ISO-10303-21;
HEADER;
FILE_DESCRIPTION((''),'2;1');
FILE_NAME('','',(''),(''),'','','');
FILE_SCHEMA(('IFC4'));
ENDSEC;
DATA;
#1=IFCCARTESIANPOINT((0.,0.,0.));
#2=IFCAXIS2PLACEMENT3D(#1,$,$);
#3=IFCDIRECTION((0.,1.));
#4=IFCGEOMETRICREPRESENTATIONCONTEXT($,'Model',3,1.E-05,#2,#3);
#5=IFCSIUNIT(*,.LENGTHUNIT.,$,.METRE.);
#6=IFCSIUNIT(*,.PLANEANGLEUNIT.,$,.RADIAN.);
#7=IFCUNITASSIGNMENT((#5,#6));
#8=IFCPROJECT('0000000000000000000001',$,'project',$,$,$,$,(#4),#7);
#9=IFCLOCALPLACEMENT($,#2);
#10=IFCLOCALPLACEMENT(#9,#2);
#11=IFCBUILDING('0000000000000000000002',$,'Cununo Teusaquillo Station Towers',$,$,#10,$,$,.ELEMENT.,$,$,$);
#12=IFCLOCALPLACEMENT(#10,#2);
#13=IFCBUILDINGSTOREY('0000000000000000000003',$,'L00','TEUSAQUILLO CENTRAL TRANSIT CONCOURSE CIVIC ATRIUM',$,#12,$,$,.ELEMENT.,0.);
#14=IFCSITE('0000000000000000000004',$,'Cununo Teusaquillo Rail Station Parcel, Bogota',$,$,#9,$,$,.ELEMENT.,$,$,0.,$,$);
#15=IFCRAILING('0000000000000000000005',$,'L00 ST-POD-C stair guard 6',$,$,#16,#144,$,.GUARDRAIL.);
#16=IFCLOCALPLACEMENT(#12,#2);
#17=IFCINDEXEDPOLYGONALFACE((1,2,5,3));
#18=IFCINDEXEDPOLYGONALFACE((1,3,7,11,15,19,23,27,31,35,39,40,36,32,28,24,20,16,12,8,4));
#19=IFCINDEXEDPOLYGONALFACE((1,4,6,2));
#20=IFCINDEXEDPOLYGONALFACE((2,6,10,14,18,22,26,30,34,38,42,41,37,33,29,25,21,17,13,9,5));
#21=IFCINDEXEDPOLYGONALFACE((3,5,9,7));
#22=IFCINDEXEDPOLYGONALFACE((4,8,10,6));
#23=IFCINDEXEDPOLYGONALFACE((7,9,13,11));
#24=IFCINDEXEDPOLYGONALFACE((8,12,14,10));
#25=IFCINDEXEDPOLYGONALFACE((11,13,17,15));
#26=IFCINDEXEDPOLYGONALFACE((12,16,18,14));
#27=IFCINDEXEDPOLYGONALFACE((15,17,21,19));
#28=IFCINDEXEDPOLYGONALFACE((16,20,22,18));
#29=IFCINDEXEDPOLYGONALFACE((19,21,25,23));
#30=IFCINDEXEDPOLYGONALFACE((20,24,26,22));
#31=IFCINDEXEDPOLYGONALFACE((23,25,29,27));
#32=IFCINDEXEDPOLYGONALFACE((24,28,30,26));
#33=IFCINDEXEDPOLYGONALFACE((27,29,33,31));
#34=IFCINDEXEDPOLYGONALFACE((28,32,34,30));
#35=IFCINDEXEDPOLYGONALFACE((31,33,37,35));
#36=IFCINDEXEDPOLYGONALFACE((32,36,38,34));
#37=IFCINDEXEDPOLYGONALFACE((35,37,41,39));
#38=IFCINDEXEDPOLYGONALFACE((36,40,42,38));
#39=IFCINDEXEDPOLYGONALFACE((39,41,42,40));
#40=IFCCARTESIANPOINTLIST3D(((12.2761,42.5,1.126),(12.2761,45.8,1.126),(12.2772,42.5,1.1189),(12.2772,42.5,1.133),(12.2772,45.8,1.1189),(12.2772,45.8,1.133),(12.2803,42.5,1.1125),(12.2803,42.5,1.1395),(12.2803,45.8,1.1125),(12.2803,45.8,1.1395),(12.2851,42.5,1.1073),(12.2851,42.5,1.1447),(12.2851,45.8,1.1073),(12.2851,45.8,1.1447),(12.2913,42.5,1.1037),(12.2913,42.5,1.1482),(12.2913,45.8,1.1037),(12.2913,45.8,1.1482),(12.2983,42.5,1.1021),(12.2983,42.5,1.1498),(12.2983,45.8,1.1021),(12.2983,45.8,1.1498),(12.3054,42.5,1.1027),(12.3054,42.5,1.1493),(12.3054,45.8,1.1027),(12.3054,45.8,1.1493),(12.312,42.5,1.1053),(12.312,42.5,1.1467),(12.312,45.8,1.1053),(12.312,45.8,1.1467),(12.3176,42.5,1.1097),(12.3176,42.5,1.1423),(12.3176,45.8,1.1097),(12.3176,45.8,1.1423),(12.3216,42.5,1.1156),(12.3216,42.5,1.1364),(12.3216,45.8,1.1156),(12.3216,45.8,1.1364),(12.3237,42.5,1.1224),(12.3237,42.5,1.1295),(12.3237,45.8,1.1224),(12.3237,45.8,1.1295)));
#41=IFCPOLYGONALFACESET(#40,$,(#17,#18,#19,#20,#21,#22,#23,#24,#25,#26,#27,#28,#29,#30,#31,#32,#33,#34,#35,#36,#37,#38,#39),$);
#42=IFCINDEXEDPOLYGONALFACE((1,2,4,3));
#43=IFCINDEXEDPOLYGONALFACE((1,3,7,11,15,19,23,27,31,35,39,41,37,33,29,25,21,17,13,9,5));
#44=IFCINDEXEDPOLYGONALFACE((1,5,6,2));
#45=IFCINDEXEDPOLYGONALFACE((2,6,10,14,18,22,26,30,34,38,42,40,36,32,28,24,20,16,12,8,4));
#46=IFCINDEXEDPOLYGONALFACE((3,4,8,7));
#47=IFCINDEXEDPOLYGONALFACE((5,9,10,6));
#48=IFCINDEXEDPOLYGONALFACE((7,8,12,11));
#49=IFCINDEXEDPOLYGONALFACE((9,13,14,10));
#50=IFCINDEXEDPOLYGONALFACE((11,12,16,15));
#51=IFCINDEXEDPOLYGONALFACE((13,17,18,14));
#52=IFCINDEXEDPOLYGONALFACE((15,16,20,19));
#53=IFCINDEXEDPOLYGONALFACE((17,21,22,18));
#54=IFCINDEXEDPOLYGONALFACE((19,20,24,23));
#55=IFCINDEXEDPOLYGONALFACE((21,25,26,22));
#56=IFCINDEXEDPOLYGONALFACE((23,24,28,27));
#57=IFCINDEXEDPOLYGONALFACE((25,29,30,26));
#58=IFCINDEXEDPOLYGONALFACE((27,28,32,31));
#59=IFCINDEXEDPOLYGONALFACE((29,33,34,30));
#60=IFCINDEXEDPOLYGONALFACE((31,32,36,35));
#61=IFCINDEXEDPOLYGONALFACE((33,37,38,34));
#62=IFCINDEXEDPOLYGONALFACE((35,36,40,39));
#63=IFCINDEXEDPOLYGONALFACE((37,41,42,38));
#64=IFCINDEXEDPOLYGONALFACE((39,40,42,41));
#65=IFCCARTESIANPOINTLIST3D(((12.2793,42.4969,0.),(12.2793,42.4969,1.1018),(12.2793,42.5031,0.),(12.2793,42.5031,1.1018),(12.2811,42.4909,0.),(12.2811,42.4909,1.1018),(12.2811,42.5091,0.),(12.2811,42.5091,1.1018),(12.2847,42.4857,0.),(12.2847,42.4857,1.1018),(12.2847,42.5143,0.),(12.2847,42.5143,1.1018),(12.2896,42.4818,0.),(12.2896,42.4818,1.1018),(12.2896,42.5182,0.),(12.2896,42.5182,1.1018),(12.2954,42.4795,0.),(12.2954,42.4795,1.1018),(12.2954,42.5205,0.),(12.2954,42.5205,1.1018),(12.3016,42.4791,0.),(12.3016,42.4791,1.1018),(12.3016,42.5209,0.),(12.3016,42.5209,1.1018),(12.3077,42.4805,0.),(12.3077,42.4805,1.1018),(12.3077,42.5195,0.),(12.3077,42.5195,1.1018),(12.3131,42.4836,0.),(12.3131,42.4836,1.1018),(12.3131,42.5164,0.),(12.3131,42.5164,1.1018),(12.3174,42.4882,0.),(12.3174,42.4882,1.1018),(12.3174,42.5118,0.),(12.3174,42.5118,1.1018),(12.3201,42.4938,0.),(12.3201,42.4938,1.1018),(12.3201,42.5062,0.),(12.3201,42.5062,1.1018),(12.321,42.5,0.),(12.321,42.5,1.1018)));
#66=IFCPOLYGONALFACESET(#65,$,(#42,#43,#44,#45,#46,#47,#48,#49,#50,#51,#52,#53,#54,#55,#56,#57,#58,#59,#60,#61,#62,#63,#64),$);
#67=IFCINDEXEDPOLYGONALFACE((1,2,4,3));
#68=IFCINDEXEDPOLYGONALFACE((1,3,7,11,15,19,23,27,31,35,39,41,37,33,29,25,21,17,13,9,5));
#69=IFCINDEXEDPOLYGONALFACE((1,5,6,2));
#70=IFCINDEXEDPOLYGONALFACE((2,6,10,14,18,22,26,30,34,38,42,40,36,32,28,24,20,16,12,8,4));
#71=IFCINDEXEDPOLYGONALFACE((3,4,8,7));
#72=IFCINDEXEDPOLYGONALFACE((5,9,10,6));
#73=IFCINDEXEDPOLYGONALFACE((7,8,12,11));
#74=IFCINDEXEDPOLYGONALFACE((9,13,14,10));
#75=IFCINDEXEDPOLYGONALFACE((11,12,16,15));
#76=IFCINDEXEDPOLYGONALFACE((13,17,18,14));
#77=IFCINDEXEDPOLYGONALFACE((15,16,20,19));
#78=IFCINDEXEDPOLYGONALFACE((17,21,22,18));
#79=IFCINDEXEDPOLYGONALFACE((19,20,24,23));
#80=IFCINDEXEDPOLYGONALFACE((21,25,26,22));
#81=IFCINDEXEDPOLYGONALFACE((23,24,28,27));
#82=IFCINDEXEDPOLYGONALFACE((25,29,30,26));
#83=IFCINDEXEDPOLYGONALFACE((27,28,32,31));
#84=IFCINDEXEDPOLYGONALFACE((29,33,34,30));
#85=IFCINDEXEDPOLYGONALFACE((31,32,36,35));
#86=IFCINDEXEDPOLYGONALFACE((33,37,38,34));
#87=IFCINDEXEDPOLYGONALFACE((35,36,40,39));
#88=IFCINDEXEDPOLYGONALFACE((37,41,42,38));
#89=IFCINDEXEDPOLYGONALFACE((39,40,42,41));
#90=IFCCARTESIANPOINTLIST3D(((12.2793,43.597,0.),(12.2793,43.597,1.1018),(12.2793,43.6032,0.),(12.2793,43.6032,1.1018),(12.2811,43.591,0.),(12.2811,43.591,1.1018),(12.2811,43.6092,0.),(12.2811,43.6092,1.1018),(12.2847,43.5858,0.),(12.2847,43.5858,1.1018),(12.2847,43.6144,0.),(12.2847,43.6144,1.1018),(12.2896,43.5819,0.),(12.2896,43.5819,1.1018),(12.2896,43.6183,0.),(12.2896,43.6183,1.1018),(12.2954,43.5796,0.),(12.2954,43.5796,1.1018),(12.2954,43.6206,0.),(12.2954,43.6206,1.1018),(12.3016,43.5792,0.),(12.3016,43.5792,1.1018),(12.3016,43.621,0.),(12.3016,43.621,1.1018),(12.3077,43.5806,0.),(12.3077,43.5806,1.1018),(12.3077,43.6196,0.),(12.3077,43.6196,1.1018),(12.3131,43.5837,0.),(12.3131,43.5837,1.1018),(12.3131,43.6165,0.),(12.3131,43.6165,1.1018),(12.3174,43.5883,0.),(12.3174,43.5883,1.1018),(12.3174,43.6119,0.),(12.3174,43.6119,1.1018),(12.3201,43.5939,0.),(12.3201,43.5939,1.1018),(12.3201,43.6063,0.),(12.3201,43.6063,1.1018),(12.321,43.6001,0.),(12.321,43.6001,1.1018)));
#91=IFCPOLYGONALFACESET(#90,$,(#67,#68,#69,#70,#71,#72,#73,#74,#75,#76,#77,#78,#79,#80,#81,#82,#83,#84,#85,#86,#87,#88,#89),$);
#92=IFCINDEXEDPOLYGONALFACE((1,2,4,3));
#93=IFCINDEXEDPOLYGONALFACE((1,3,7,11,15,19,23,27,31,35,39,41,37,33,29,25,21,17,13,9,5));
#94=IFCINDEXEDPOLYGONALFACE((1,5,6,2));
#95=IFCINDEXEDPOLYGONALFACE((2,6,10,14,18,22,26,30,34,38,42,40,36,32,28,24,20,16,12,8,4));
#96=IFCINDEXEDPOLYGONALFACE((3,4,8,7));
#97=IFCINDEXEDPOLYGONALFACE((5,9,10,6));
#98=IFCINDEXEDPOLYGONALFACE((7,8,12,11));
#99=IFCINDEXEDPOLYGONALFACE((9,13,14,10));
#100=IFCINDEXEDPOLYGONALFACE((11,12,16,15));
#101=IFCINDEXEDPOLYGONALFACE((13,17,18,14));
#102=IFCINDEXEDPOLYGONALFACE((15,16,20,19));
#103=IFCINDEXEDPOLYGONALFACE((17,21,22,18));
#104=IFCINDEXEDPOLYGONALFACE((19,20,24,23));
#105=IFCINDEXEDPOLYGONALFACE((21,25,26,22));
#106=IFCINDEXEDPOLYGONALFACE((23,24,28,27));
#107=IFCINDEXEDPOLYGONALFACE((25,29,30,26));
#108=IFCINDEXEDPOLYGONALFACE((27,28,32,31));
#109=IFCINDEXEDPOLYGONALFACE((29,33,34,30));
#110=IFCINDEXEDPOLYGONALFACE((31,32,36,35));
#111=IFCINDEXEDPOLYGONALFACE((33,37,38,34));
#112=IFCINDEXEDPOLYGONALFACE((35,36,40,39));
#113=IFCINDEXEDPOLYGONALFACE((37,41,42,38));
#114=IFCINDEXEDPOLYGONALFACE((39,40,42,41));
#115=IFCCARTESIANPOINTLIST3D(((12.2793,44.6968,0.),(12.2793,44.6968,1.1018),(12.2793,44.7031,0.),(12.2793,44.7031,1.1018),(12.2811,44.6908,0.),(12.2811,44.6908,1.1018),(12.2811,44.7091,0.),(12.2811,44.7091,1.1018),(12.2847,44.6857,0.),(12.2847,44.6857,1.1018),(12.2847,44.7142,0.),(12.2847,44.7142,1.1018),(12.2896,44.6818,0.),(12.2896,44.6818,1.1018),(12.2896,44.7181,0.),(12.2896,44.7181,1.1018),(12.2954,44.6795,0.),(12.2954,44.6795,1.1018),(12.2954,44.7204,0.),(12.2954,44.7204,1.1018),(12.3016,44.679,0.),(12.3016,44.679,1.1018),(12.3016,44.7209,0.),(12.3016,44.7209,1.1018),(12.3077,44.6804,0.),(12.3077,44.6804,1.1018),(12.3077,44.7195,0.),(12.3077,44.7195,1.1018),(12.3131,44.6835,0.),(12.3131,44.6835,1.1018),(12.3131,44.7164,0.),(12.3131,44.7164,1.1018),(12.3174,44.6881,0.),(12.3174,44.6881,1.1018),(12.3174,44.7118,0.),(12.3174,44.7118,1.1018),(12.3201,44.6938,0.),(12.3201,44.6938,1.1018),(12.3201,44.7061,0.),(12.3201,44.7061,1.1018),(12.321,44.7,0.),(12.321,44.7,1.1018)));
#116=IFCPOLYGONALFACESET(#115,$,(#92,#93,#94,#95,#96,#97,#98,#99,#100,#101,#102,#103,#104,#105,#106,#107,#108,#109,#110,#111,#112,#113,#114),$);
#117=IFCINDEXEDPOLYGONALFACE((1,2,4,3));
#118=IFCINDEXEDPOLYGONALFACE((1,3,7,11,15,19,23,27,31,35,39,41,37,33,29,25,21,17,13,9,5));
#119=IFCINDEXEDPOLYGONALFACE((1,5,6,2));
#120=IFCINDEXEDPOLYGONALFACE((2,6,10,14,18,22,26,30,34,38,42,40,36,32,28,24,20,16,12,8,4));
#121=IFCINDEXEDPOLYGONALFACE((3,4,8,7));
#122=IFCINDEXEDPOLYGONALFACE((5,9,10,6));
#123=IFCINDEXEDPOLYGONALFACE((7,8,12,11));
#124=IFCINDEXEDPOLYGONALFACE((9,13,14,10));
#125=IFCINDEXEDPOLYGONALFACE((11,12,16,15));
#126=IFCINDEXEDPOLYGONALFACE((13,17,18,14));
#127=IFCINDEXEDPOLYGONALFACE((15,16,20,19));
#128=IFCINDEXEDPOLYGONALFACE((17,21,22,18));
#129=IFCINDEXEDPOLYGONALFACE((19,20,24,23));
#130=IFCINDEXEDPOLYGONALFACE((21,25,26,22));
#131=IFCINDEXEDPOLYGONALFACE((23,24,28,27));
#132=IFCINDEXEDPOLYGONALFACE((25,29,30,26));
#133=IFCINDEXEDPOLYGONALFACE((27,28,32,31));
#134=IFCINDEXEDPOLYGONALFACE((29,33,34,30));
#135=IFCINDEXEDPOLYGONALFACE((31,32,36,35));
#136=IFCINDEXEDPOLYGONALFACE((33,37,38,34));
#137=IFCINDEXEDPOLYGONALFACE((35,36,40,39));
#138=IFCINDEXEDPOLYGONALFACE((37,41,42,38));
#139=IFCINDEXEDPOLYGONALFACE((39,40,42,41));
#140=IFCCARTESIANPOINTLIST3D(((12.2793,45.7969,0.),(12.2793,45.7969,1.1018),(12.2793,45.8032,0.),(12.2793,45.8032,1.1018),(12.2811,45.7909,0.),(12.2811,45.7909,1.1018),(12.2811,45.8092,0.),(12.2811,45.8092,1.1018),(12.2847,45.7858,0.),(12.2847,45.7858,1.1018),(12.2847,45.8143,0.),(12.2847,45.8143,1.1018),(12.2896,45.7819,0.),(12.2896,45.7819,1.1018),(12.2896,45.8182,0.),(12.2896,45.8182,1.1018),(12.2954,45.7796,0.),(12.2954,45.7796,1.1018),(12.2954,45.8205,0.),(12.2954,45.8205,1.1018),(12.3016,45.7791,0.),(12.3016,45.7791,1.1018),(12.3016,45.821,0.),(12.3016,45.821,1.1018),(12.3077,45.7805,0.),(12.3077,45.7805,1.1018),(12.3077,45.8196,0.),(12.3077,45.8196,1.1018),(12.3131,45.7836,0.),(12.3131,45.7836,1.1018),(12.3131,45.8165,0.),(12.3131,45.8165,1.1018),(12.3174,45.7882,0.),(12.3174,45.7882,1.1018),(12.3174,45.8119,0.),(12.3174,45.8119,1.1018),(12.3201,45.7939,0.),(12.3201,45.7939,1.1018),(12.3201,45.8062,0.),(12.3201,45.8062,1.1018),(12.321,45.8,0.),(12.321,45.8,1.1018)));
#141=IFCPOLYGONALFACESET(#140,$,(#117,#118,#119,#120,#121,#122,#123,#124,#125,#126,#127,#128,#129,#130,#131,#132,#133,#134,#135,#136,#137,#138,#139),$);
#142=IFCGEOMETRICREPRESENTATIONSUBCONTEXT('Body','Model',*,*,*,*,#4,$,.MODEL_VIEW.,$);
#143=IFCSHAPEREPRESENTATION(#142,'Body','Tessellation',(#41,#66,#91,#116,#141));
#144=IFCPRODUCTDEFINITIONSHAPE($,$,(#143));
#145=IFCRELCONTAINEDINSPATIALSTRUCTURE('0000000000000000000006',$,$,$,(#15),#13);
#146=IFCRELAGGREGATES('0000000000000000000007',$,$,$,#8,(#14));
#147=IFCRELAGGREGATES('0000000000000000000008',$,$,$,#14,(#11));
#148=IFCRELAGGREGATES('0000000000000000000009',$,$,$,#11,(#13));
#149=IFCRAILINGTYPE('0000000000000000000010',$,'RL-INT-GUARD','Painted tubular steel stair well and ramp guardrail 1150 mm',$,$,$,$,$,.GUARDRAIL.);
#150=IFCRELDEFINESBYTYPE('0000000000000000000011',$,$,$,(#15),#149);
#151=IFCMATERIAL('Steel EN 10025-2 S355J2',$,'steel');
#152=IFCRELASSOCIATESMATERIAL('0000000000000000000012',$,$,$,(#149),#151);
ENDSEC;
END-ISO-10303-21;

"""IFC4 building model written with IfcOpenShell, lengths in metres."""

from ifc_helpers import new_model, si_unit, direction, frame, origin, origin_2d, place, context, subcontext, project, spatial, circle, extrude, material, type_object, element, save


model = new_model("IFC4")

# Units and contexts
model_context = context("Model", 3, precision=1e-05, world=origin(), true_north=direction((0.0, 1.0)))
body_context = subcontext(model_context, "Body", "Model", "MODEL_VIEW")
ifc_project = project(units=[si_unit("LENGTHUNIT", "METRE"), si_unit("PLANEANGLEUNIT", "RADIAN")], contexts=[model_context])

# Site, building, storey
site_placement = place(None, origin())
site = spatial("IfcSite", under=ifc_project, at=site_placement, Name="Cununo Teusaquillo Rail Station Parcel, Bogota", CompositionType="ELEMENT", RefElevation=0.0)
building_placement = place(site_placement, origin())
building = spatial("IfcBuilding", under=site, at=building_placement, Name="Cununo Teusaquillo Station Towers", CompositionType="ELEMENT")
storey_placement = place(building_placement, origin())
storey = spatial("IfcBuildingStorey", under=building, at=storey_placement, Name="L00", Description="TEUSAQUILLO CENTRAL TRANSIT CONCOURSE CIVIC ATRIUM", CompositionType="ELEMENT", Elevation=0.0)

# Railing
ifc_material_1 = material(Name="Steel EN 10025-2 S355J2", Category="steel")
railing_type = type_object("IfcRailingType", Name="RL-INT-GUARD", Description="Painted tubular steel stair well and ramp guardrail 1150 mm", PredefinedType="GUARDRAIL", material=ifc_material_1)
railing_1_placement = place(storey_placement, frame((12.3, 42.5, 0.0)))
element("IfcRailing", 1, at=railing_1_placement, inside=storey, type_object=railing_type, Name="L00 ST-POD-C stair guard 6", PredefinedType="GUARDRAIL", context=body_context, shape_type="SweptSolid", body=[
    extrude(circle(Radius=0.0239, at=origin_2d()), frame((0.0, 0.0, 1.126), z_axis=(0.0, 1.0, 0.0), x_axis=(-1.0, 0.0, 0.0)), (0.0, 0.0, 1.0), 3.3),
    extrude(circle(Radius=0.021, at=origin_2d()), origin(), (0.0, 0.0, 1.0), 1.1018),
    extrude(circle(Radius=0.021, at=origin_2d()), frame((0.0, 1.1001, 0.0)), (0.0, 0.0, 1.0), 1.1018),
    extrude(circle(Radius=0.021, at=origin_2d()), frame((0.0, 2.2, 0.0)), (0.0, 0.0, 1.0), 1.1018),
    extrude(circle(Radius=0.021, at=origin_2d()), frame((0.0, 3.3, 0.0)), (0.0, 0.0, 1.0), 1.1018),
])

save(model, "model.ifc")
